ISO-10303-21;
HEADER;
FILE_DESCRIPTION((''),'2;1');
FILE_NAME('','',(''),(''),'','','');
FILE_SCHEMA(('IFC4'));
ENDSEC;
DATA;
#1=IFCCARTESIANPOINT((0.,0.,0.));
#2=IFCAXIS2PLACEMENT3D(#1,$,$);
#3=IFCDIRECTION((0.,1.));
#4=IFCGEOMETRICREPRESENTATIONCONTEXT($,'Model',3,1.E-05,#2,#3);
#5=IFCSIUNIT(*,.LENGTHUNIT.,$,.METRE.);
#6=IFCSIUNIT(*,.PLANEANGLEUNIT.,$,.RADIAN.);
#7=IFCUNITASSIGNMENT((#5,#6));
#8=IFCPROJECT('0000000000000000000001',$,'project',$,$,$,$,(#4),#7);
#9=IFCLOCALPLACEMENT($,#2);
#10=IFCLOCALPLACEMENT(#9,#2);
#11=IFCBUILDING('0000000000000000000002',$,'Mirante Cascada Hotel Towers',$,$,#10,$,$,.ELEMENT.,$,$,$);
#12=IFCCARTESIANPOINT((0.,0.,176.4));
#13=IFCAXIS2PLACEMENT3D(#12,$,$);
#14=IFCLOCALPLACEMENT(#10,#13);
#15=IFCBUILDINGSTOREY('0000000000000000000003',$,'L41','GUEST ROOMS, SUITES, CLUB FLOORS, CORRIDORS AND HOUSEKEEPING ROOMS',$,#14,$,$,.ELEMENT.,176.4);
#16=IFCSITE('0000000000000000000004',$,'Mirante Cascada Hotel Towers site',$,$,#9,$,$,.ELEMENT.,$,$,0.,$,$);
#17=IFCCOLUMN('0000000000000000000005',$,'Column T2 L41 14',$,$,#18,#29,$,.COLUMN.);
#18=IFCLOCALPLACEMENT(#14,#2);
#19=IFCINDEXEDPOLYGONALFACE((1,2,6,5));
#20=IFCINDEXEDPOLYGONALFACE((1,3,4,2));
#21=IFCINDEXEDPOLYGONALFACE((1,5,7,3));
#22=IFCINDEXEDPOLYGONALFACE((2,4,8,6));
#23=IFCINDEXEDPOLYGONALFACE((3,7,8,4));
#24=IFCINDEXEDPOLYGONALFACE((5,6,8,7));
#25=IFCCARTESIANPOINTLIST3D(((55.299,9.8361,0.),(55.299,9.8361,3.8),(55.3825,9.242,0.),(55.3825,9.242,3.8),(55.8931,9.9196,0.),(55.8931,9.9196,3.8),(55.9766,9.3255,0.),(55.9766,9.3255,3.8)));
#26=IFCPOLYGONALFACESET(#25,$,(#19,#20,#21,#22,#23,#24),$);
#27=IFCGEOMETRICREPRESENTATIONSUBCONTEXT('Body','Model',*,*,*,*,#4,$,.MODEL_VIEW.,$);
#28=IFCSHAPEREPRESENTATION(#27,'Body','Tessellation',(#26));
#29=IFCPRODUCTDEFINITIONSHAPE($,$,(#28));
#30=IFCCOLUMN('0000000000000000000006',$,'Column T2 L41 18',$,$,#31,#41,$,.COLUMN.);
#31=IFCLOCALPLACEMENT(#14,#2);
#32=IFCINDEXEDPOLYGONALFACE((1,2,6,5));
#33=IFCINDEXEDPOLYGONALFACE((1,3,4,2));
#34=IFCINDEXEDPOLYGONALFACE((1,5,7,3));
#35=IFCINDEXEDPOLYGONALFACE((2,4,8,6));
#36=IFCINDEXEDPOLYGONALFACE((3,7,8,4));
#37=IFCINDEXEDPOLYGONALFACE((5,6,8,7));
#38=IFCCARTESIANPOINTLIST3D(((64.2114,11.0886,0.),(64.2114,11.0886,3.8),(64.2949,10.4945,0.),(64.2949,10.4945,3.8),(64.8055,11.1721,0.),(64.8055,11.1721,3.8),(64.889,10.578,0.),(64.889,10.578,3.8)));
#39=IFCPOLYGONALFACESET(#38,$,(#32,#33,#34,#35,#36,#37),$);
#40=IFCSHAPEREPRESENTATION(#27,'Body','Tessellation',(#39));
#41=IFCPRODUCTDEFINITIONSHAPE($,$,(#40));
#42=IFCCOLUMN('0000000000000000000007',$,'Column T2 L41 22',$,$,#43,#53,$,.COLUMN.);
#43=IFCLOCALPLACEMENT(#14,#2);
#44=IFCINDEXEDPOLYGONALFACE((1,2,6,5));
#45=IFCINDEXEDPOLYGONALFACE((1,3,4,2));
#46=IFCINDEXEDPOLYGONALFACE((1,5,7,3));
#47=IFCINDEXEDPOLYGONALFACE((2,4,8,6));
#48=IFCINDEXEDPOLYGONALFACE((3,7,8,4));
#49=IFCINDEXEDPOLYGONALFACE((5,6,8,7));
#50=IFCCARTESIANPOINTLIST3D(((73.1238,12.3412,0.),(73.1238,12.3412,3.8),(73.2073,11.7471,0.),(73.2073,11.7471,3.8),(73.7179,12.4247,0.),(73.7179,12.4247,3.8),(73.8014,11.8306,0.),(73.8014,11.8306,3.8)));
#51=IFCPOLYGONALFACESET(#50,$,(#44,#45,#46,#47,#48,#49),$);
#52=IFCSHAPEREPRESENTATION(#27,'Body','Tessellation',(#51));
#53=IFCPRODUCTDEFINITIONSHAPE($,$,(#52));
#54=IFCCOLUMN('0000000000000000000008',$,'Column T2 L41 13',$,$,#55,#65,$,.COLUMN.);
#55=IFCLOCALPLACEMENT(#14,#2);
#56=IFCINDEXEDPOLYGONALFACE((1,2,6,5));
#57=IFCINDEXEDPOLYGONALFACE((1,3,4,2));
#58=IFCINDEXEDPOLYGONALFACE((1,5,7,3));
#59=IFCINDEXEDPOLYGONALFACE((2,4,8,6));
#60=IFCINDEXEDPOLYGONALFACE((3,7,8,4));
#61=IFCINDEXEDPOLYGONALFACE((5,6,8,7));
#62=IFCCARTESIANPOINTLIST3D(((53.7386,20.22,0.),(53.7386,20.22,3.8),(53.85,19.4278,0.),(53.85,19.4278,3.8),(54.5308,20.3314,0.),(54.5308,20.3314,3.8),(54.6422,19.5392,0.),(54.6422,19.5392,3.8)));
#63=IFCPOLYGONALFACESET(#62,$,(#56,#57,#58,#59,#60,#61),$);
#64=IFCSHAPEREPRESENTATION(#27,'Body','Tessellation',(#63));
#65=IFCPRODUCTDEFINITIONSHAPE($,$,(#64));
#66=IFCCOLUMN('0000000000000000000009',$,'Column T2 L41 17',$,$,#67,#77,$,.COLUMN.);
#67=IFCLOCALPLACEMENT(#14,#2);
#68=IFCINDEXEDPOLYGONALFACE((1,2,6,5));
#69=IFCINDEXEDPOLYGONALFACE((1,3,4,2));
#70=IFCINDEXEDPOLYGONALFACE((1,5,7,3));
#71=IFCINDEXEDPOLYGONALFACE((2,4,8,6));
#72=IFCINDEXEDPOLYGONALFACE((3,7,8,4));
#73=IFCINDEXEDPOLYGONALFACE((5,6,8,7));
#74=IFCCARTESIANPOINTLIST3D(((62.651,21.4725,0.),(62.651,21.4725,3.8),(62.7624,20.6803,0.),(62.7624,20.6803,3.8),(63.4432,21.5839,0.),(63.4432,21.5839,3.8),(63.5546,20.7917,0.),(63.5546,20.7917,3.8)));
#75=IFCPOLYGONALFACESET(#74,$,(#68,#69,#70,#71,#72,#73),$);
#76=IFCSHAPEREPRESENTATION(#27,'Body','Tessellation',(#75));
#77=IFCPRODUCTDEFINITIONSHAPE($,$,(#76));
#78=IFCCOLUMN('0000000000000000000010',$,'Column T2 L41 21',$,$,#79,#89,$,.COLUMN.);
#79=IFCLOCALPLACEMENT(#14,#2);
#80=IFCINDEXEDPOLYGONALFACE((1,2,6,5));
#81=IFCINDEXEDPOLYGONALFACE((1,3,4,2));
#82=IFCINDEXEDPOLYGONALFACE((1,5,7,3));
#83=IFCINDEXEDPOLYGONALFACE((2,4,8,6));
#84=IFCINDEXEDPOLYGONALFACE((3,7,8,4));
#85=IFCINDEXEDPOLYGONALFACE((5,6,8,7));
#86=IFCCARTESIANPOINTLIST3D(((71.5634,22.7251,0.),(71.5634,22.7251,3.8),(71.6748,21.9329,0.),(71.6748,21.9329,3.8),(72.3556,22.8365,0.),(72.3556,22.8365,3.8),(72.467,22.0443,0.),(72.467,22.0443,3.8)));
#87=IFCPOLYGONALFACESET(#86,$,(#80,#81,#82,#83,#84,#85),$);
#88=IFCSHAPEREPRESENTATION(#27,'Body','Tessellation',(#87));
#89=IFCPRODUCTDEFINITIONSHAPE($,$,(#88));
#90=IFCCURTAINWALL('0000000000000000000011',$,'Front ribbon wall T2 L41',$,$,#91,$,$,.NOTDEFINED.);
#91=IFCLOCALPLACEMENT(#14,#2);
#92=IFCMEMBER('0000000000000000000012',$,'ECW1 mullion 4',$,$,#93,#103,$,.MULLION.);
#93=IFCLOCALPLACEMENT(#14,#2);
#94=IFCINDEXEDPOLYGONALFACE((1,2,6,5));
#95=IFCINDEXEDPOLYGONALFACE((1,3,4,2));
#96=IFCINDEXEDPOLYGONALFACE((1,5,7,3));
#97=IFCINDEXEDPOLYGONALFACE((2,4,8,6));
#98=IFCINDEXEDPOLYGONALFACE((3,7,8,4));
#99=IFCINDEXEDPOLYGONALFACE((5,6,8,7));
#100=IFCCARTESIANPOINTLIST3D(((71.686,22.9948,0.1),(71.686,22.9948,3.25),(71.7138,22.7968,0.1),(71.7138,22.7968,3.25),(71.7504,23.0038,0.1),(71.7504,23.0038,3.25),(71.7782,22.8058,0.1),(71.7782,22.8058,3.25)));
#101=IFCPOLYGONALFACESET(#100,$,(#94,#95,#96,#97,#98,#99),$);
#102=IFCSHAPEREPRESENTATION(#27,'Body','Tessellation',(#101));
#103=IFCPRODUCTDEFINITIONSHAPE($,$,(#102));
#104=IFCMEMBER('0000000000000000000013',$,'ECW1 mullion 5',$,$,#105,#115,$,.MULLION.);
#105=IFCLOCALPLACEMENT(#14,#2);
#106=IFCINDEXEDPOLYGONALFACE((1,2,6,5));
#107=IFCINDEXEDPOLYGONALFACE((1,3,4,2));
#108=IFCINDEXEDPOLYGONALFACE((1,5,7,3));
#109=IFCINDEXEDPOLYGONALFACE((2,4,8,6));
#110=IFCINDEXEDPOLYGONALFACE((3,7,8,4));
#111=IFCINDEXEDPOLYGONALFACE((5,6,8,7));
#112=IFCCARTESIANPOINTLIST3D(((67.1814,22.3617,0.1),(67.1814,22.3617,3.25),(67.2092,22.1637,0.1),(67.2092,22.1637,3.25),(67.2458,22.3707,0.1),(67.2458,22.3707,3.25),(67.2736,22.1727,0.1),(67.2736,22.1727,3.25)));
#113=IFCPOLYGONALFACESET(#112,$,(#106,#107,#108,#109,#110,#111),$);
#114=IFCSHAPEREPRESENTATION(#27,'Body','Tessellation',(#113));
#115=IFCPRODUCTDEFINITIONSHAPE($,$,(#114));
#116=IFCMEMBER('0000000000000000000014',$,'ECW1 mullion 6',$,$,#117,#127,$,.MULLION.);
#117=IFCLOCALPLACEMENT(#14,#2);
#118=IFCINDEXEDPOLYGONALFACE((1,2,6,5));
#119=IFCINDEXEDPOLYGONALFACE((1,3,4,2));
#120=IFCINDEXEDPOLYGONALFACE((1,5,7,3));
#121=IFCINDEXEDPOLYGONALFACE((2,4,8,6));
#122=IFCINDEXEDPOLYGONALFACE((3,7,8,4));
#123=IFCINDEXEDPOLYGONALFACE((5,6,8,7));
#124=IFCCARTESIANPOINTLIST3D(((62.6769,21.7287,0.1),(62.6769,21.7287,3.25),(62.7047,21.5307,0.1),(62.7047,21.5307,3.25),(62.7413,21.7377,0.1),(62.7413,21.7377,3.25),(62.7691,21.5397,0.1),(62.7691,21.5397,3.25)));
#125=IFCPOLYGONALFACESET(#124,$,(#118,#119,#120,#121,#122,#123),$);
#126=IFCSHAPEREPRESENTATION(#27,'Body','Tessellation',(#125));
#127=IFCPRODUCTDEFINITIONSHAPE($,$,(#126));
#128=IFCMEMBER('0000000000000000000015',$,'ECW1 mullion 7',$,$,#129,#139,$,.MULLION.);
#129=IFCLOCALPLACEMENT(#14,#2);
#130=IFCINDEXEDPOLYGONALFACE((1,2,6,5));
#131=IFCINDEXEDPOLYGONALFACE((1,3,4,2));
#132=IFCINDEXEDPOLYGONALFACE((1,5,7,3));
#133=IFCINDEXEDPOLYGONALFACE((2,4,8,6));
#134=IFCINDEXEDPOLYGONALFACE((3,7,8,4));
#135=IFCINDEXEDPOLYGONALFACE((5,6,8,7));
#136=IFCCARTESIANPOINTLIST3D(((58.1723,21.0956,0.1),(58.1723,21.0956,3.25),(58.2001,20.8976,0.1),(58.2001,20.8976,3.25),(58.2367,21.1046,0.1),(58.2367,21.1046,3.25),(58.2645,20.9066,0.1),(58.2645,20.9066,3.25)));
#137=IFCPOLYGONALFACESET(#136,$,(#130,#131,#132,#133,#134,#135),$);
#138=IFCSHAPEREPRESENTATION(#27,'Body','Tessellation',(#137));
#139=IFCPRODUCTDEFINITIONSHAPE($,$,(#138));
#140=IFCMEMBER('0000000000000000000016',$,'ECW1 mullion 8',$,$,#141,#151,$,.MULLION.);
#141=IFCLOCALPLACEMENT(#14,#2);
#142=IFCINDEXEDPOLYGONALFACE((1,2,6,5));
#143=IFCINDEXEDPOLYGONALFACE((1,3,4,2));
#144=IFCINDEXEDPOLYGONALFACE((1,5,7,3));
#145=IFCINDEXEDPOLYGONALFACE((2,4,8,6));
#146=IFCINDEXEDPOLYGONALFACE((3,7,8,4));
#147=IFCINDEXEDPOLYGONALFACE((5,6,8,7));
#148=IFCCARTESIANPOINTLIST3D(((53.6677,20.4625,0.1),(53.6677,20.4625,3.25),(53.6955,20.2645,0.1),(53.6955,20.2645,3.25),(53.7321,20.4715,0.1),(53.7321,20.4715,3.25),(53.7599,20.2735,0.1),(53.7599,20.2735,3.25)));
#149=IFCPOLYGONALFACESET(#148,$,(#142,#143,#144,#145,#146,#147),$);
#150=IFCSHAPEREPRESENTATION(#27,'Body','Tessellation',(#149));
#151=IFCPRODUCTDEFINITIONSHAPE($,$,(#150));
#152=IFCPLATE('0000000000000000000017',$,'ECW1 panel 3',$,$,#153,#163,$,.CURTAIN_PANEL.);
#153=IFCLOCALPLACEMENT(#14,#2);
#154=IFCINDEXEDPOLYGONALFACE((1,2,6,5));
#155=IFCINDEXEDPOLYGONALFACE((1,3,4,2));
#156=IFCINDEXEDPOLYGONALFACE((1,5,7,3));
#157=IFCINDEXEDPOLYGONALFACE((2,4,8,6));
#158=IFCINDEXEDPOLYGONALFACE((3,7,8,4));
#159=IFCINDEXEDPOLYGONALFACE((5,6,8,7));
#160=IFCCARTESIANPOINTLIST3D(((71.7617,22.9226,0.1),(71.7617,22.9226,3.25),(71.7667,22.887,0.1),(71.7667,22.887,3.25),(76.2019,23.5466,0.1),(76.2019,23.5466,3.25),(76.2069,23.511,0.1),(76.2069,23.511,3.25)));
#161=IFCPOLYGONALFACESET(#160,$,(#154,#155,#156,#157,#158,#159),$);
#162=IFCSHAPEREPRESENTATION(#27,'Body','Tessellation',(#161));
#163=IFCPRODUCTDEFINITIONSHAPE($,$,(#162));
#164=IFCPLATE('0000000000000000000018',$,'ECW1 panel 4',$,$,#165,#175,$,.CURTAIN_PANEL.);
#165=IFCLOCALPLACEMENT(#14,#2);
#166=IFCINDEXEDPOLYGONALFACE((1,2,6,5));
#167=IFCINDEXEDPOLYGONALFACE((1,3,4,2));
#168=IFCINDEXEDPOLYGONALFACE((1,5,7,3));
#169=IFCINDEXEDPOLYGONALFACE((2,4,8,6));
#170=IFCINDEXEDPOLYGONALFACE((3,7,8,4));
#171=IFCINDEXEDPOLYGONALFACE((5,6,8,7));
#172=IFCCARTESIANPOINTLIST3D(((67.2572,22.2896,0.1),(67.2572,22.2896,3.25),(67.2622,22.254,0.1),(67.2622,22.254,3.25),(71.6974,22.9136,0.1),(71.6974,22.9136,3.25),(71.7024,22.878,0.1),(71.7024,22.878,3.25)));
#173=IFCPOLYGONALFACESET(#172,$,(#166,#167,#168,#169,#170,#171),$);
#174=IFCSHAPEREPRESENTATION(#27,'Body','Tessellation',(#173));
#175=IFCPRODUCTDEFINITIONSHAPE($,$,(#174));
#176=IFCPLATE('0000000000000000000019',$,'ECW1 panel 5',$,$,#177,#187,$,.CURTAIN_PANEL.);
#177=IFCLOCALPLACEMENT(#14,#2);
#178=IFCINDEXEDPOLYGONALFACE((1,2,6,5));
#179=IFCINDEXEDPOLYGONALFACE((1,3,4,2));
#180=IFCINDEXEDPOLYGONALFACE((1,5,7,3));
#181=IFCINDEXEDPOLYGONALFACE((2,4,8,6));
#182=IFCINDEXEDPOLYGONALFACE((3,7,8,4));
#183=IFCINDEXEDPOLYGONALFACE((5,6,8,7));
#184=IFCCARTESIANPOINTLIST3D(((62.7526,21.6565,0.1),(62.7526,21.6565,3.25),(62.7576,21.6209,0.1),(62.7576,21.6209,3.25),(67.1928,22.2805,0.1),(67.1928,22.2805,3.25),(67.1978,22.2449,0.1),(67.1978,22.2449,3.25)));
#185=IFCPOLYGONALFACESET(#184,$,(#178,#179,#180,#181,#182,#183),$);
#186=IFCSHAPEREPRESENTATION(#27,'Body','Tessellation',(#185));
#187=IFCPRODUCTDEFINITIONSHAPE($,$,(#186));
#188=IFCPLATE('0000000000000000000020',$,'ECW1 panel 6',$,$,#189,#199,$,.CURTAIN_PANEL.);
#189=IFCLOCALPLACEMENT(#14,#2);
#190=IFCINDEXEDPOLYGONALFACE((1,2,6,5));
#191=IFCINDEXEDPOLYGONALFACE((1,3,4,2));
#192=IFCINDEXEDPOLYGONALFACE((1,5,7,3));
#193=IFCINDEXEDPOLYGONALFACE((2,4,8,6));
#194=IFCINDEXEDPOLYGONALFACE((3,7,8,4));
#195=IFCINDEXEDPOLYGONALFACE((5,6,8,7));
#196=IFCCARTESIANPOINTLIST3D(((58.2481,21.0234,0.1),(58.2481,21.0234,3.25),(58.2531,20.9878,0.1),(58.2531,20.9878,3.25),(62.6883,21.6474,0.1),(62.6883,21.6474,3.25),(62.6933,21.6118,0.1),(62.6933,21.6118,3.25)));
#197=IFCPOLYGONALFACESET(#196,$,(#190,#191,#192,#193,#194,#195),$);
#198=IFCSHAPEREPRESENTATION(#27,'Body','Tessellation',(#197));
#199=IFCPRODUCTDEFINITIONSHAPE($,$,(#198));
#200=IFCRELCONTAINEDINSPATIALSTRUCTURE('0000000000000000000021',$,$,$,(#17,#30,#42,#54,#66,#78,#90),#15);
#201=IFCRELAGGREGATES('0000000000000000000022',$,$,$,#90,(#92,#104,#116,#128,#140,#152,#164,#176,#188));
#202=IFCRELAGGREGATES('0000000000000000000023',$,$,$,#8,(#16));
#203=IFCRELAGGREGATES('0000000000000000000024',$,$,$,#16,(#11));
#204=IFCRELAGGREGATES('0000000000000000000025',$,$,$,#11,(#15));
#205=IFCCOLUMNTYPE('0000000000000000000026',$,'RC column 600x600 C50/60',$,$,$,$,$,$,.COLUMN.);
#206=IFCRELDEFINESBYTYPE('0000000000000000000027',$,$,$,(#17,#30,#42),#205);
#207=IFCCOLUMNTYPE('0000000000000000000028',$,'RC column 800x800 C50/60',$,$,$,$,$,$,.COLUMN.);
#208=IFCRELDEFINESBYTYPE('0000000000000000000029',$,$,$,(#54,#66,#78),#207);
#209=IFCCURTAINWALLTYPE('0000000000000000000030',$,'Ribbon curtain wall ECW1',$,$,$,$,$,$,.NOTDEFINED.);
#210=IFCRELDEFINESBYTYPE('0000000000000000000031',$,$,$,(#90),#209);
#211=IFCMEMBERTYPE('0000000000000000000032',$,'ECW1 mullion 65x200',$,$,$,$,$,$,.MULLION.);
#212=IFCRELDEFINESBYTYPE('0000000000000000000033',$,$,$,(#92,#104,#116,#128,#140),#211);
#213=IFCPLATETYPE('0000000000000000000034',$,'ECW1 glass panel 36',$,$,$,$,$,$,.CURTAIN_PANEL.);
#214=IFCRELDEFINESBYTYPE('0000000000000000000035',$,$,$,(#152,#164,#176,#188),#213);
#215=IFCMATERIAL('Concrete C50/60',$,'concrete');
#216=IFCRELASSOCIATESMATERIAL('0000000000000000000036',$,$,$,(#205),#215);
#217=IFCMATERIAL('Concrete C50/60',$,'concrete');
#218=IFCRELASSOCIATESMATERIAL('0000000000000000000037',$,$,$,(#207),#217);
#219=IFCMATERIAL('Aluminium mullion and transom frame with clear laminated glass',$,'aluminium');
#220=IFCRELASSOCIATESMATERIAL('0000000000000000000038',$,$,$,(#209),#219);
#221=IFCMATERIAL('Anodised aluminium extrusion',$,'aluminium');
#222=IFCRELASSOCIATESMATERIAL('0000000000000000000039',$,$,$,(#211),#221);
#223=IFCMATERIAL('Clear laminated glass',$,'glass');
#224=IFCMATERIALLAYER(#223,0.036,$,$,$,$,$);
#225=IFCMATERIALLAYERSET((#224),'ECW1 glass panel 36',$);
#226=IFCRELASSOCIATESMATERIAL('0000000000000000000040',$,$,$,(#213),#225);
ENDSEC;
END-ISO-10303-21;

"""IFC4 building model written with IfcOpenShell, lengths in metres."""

from ifc_helpers import new_model, si_unit, direction, frame, origin, origin_2d, place, context, subcontext, project, spatial, rectangle, extrude, material, layer, layer_set, material_profile, profile_set, type_object, element, aggregate, save


model = new_model("IFC4")

# Units and contexts
model_context = context("Model", 3, precision=1e-05, world=origin(), true_north=direction((0.0, 1.0)))
body_context = subcontext(model_context, "Body", "Model", "MODEL_VIEW")
ifc_project = project(units=[si_unit("LENGTHUNIT", "METRE"), si_unit("PLANEANGLEUNIT", "RADIAN")], contexts=[model_context])

# Site, building, storey
site_placement = place(None, origin())
site = spatial("IfcSite", under=ifc_project, at=site_placement, Name="Mirante Cascada Hotel Towers site", CompositionType="ELEMENT", RefElevation=0.0)
building_placement = place(site_placement, origin())
building = spatial("IfcBuilding", under=site, at=building_placement, Name="Mirante Cascada Hotel Towers", CompositionType="ELEMENT")
storey_placement = place(building_placement, frame((0.0, 0.0, 176.4)))
storey = spatial("IfcBuildingStorey", under=building, at=storey_placement, Name="L41", Description="GUEST ROOMS, SUITES, CLUB FLOORS, CORRIDORS AND HOUSEKEEPING ROOMS", CompositionType="ELEMENT", Elevation=176.4)

# Columns
ifc_material_1 = material(Name="Concrete C50/60", Category="concrete")
ifc_material_profile_1 = material_profile(ifc_material_1, rectangle(XDim=0.6, YDim=0.6, at=origin_2d()), Name="RC column 600x600 C50/60")
ifc_profile_set_1 = profile_set([ifc_material_profile_1], Name="Concrete C50/60")
column_type_1 = type_object("IfcColumnType", Name="RC column 600x600 C50/60", PredefinedType="COLUMN", material=ifc_profile_set_1)
for number, where, z_axis, x_axis, name in (
    (1, (55.6378, 9.5808, 0.0), (0.0, 0.0, 1.0), (0.990268, 0.139173, 0.0), "Column T2 L41 14"),
    (2, (64.5502, 10.8333, 0.0), (0.0, 0.0, 1.0), (0.990268, 0.139173, 0.0), "Column T2 L41 18"),
    (3, (73.4626, 12.0859, 0.0), (0.0, 0.0, 1.0), (0.990268, 0.139173, 0.0), "Column T2 L41 22"),
):
    element("IfcColumn", number, at=place(storey_placement, frame(where, z_axis=z_axis, x_axis=x_axis)), inside=storey, type_object=column_type_1, Name=name, PredefinedType="COLUMN", context=body_context, shape_type="SweptSolid", body=[
        extrude(rectangle(XDim=0.6, YDim=0.6, at=origin_2d()), origin(), (0.0, 0.0, 1.0), 3.8),
    ])
ifc_material_2 = material(Name="Concrete C50/60", Category="concrete")
ifc_material_profile_2 = material_profile(ifc_material_2, rectangle(XDim=0.8, YDim=0.8, at=origin_2d()), Name="RC column 800x800 C50/60")
ifc_profile_set_2 = profile_set([ifc_material_profile_2], Name="Concrete C50/60")
column_type_2 = type_object("IfcColumnType", Name="RC column 800x800 C50/60", PredefinedType="COLUMN", material=ifc_profile_set_2)
for number, where, z_axis, x_axis, name in (
    (4, (54.1904, 19.8796, 0.0), (0.0, 0.0, 1.0), (0.990268, 0.139173, 0.0), "Column T2 L41 13"),
    (5, (63.1028, 21.1321, 0.0), (0.0, 0.0, 1.0), (0.990268, 0.139173, 0.0), "Column T2 L41 17"),
    (6, (72.0152, 22.3847, 0.0), (0.0, 0.0, 1.0), (0.990268, 0.139173, 0.0), "Column T2 L41 21"),
):
    element("IfcColumn", number, at=place(storey_placement, frame(where, z_axis=z_axis, x_axis=x_axis)), inside=storey, type_object=column_type_2, Name=name, PredefinedType="COLUMN", context=body_context, shape_type="SweptSolid", body=[
        extrude(rectangle(XDim=0.8, YDim=0.8, at=origin_2d()), origin(), (0.0, 0.0, 1.0), 3.8),
    ])

# Curtain wall, members, plates
ifc_material_3 = material(Name="Aluminium mullion and transom frame with clear laminated glass", Category="aluminium")
curtain_wall_type = type_object("IfcCurtainWallType", Name="Ribbon curtain wall ECW1", PredefinedType="NOTDEFINED", material=ifc_material_3)
curtain_wall_placement = place(storey_placement, origin())
curtain_wall = element("IfcCurtainWall", 7, at=curtain_wall_placement, inside=storey, type_object=curtain_wall_type, Name="Front ribbon wall T2 L41", PredefinedType="NOTDEFINED")
ifc_material_4 = material(Name="Anodised aluminium extrusion", Category="aluminium")
ifc_material_profile_3 = material_profile(ifc_material_4, rectangle(XDim=0.2, YDim=0.065, at=origin_2d()), Name="ECW1 MULLION 65x200")
ifc_profile_set_3 = profile_set([ifc_material_profile_3], Name="Anodised aluminium extrusion")
member_type = type_object("IfcMemberType", Name="ECW1 mullion 65x200", PredefinedType="MULLION", material=ifc_profile_set_3)
member_1_placement = place(storey_placement, frame((71.7321, 22.9003, 0.1), z_axis=(0.0, 0.0, 1.0), x_axis=(0.139173, -0.990268, 0.0)))
member_1 = element("IfcMember", 8, at=member_1_placement, type_object=member_type, Name="ECW1 mullion 4", PredefinedType="MULLION", context=body_context, shape_type="SweptSolid", body=[
    extrude(rectangle(XDim=0.2, YDim=0.065, at=origin_2d()), origin(), (0.0, 0.0, 1.0), 3.15),
])
member_2_placement = place(storey_placement, frame((67.2275, 22.2672, 0.1), z_axis=(0.0, 0.0, 1.0), x_axis=(0.139173, -0.990268, 0.0)))
member_2 = element("IfcMember", 9, at=member_2_placement, type_object=member_type, Name="ECW1 mullion 5", PredefinedType="MULLION", context=body_context, shape_type="SweptSolid", body=[
    extrude(rectangle(XDim=0.2, YDim=0.065, at=origin_2d()), origin(), (0.0, 0.0, 1.0), 3.15),
])
member_3_placement = place(storey_placement, frame((62.723, 21.6342, 0.1), z_axis=(0.0, 0.0, 1.0), x_axis=(0.139173, -0.990268, 0.0)))
member_3 = element("IfcMember", 10, at=member_3_placement, type_object=member_type, Name="ECW1 mullion 6", PredefinedType="MULLION", context=body_context, shape_type="SweptSolid", body=[
    extrude(rectangle(XDim=0.2, YDim=0.065, at=origin_2d()), origin(), (0.0, 0.0, 1.0), 3.15),
])
member_4_placement = place(storey_placement, frame((58.2184, 21.0011, 0.1), z_axis=(0.0, 0.0, 1.0), x_axis=(0.139173, -0.990268, 0.0)))
member_4 = element("IfcMember", 11, at=member_4_placement, type_object=member_type, Name="ECW1 mullion 7", PredefinedType="MULLION", context=body_context, shape_type="SweptSolid", body=[
    extrude(rectangle(XDim=0.2, YDim=0.065, at=origin_2d()), origin(), (0.0, 0.0, 1.0), 3.15),
])
member_5_placement = place(storey_placement, frame((53.7138, 20.368, 0.1), z_axis=(0.0, 0.0, 1.0), x_axis=(0.139173, -0.990268, 0.0)))
member_5 = element("IfcMember", 12, at=member_5_placement, type_object=member_type, Name="ECW1 mullion 8", PredefinedType="MULLION", context=body_context, shape_type="SweptSolid", body=[
    extrude(rectangle(XDim=0.2, YDim=0.065, at=origin_2d()), origin(), (0.0, 0.0, 1.0), 3.15),
])
ifc_material_5 = material(Name="Clear laminated glass", Category="glass")
ifc_layer_1 = layer(ifc_material_5, 0.036)
ifc_layer_set_1 = layer_set([ifc_layer_1], Name="ECW1 glass panel 36")
plate_type = type_object("IfcPlateType", Name="ECW1 glass panel 36", PredefinedType="CURTAIN_PANEL", material=ifc_layer_set_1)
plate_1_placement = place(storey_placement, frame((73.9843, 23.2168, 0.1), z_axis=(0.0, 0.0, 1.0), x_axis=(-0.990268, -0.139173, 0.0)))
plate_1 = element("IfcPlate", 13, at=plate_1_placement, type_object=plate_type, Name="ECW1 panel 3", PredefinedType="CURTAIN_PANEL", context=body_context, shape_type="SweptSolid", body=[
    extrude(rectangle(XDim=4.4838, YDim=0.036, at=origin_2d()), origin(), (0.0, 0.0, 1.0), 3.15),
])
plate_2_placement = place(storey_placement, frame((69.4798, 22.5838, 0.1), z_axis=(0.0, 0.0, 1.0), x_axis=(-0.990268, -0.139173, 0.0)))
plate_2 = element("IfcPlate", 14, at=plate_2_placement, type_object=plate_type, Name="ECW1 panel 4", PredefinedType="CURTAIN_PANEL", context=body_context, shape_type="SweptSolid", body=[
    extrude(rectangle(XDim=4.4838, YDim=0.036, at=origin_2d()), origin(), (0.0, 0.0, 1.0), 3.15),
])
plate_3_placement = place(storey_placement, frame((64.9752, 21.9507, 0.1), z_axis=(0.0, 0.0, 1.0), x_axis=(-0.990268, -0.139173, 0.0)))
plate_3 = element("IfcPlate", 15, at=plate_3_placement, type_object=plate_type, Name="ECW1 panel 5", PredefinedType="CURTAIN_PANEL", context=body_context, shape_type="SweptSolid", body=[
    extrude(rectangle(XDim=4.4838, YDim=0.036, at=origin_2d()), origin(), (0.0, 0.0, 1.0), 3.15),
])
plate_4_placement = place(storey_placement, frame((60.4707, 21.3176, 0.1), z_axis=(0.0, 0.0, 1.0), x_axis=(-0.990268, -0.139173, 0.0)))
plate_4 = element("IfcPlate", 16, at=plate_4_placement, type_object=plate_type, Name="ECW1 panel 6", PredefinedType="CURTAIN_PANEL", context=body_context, shape_type="SweptSolid", body=[
    extrude(rectangle(XDim=4.4838, YDim=0.036, at=origin_2d()), origin(), (0.0, 0.0, 1.0), 3.15),
])
aggregate(curtain_wall, [member_1, member_2, member_3, member_4, member_5, plate_1, plate_2, plate_3, plate_4])

save(model, "model.ifc")
